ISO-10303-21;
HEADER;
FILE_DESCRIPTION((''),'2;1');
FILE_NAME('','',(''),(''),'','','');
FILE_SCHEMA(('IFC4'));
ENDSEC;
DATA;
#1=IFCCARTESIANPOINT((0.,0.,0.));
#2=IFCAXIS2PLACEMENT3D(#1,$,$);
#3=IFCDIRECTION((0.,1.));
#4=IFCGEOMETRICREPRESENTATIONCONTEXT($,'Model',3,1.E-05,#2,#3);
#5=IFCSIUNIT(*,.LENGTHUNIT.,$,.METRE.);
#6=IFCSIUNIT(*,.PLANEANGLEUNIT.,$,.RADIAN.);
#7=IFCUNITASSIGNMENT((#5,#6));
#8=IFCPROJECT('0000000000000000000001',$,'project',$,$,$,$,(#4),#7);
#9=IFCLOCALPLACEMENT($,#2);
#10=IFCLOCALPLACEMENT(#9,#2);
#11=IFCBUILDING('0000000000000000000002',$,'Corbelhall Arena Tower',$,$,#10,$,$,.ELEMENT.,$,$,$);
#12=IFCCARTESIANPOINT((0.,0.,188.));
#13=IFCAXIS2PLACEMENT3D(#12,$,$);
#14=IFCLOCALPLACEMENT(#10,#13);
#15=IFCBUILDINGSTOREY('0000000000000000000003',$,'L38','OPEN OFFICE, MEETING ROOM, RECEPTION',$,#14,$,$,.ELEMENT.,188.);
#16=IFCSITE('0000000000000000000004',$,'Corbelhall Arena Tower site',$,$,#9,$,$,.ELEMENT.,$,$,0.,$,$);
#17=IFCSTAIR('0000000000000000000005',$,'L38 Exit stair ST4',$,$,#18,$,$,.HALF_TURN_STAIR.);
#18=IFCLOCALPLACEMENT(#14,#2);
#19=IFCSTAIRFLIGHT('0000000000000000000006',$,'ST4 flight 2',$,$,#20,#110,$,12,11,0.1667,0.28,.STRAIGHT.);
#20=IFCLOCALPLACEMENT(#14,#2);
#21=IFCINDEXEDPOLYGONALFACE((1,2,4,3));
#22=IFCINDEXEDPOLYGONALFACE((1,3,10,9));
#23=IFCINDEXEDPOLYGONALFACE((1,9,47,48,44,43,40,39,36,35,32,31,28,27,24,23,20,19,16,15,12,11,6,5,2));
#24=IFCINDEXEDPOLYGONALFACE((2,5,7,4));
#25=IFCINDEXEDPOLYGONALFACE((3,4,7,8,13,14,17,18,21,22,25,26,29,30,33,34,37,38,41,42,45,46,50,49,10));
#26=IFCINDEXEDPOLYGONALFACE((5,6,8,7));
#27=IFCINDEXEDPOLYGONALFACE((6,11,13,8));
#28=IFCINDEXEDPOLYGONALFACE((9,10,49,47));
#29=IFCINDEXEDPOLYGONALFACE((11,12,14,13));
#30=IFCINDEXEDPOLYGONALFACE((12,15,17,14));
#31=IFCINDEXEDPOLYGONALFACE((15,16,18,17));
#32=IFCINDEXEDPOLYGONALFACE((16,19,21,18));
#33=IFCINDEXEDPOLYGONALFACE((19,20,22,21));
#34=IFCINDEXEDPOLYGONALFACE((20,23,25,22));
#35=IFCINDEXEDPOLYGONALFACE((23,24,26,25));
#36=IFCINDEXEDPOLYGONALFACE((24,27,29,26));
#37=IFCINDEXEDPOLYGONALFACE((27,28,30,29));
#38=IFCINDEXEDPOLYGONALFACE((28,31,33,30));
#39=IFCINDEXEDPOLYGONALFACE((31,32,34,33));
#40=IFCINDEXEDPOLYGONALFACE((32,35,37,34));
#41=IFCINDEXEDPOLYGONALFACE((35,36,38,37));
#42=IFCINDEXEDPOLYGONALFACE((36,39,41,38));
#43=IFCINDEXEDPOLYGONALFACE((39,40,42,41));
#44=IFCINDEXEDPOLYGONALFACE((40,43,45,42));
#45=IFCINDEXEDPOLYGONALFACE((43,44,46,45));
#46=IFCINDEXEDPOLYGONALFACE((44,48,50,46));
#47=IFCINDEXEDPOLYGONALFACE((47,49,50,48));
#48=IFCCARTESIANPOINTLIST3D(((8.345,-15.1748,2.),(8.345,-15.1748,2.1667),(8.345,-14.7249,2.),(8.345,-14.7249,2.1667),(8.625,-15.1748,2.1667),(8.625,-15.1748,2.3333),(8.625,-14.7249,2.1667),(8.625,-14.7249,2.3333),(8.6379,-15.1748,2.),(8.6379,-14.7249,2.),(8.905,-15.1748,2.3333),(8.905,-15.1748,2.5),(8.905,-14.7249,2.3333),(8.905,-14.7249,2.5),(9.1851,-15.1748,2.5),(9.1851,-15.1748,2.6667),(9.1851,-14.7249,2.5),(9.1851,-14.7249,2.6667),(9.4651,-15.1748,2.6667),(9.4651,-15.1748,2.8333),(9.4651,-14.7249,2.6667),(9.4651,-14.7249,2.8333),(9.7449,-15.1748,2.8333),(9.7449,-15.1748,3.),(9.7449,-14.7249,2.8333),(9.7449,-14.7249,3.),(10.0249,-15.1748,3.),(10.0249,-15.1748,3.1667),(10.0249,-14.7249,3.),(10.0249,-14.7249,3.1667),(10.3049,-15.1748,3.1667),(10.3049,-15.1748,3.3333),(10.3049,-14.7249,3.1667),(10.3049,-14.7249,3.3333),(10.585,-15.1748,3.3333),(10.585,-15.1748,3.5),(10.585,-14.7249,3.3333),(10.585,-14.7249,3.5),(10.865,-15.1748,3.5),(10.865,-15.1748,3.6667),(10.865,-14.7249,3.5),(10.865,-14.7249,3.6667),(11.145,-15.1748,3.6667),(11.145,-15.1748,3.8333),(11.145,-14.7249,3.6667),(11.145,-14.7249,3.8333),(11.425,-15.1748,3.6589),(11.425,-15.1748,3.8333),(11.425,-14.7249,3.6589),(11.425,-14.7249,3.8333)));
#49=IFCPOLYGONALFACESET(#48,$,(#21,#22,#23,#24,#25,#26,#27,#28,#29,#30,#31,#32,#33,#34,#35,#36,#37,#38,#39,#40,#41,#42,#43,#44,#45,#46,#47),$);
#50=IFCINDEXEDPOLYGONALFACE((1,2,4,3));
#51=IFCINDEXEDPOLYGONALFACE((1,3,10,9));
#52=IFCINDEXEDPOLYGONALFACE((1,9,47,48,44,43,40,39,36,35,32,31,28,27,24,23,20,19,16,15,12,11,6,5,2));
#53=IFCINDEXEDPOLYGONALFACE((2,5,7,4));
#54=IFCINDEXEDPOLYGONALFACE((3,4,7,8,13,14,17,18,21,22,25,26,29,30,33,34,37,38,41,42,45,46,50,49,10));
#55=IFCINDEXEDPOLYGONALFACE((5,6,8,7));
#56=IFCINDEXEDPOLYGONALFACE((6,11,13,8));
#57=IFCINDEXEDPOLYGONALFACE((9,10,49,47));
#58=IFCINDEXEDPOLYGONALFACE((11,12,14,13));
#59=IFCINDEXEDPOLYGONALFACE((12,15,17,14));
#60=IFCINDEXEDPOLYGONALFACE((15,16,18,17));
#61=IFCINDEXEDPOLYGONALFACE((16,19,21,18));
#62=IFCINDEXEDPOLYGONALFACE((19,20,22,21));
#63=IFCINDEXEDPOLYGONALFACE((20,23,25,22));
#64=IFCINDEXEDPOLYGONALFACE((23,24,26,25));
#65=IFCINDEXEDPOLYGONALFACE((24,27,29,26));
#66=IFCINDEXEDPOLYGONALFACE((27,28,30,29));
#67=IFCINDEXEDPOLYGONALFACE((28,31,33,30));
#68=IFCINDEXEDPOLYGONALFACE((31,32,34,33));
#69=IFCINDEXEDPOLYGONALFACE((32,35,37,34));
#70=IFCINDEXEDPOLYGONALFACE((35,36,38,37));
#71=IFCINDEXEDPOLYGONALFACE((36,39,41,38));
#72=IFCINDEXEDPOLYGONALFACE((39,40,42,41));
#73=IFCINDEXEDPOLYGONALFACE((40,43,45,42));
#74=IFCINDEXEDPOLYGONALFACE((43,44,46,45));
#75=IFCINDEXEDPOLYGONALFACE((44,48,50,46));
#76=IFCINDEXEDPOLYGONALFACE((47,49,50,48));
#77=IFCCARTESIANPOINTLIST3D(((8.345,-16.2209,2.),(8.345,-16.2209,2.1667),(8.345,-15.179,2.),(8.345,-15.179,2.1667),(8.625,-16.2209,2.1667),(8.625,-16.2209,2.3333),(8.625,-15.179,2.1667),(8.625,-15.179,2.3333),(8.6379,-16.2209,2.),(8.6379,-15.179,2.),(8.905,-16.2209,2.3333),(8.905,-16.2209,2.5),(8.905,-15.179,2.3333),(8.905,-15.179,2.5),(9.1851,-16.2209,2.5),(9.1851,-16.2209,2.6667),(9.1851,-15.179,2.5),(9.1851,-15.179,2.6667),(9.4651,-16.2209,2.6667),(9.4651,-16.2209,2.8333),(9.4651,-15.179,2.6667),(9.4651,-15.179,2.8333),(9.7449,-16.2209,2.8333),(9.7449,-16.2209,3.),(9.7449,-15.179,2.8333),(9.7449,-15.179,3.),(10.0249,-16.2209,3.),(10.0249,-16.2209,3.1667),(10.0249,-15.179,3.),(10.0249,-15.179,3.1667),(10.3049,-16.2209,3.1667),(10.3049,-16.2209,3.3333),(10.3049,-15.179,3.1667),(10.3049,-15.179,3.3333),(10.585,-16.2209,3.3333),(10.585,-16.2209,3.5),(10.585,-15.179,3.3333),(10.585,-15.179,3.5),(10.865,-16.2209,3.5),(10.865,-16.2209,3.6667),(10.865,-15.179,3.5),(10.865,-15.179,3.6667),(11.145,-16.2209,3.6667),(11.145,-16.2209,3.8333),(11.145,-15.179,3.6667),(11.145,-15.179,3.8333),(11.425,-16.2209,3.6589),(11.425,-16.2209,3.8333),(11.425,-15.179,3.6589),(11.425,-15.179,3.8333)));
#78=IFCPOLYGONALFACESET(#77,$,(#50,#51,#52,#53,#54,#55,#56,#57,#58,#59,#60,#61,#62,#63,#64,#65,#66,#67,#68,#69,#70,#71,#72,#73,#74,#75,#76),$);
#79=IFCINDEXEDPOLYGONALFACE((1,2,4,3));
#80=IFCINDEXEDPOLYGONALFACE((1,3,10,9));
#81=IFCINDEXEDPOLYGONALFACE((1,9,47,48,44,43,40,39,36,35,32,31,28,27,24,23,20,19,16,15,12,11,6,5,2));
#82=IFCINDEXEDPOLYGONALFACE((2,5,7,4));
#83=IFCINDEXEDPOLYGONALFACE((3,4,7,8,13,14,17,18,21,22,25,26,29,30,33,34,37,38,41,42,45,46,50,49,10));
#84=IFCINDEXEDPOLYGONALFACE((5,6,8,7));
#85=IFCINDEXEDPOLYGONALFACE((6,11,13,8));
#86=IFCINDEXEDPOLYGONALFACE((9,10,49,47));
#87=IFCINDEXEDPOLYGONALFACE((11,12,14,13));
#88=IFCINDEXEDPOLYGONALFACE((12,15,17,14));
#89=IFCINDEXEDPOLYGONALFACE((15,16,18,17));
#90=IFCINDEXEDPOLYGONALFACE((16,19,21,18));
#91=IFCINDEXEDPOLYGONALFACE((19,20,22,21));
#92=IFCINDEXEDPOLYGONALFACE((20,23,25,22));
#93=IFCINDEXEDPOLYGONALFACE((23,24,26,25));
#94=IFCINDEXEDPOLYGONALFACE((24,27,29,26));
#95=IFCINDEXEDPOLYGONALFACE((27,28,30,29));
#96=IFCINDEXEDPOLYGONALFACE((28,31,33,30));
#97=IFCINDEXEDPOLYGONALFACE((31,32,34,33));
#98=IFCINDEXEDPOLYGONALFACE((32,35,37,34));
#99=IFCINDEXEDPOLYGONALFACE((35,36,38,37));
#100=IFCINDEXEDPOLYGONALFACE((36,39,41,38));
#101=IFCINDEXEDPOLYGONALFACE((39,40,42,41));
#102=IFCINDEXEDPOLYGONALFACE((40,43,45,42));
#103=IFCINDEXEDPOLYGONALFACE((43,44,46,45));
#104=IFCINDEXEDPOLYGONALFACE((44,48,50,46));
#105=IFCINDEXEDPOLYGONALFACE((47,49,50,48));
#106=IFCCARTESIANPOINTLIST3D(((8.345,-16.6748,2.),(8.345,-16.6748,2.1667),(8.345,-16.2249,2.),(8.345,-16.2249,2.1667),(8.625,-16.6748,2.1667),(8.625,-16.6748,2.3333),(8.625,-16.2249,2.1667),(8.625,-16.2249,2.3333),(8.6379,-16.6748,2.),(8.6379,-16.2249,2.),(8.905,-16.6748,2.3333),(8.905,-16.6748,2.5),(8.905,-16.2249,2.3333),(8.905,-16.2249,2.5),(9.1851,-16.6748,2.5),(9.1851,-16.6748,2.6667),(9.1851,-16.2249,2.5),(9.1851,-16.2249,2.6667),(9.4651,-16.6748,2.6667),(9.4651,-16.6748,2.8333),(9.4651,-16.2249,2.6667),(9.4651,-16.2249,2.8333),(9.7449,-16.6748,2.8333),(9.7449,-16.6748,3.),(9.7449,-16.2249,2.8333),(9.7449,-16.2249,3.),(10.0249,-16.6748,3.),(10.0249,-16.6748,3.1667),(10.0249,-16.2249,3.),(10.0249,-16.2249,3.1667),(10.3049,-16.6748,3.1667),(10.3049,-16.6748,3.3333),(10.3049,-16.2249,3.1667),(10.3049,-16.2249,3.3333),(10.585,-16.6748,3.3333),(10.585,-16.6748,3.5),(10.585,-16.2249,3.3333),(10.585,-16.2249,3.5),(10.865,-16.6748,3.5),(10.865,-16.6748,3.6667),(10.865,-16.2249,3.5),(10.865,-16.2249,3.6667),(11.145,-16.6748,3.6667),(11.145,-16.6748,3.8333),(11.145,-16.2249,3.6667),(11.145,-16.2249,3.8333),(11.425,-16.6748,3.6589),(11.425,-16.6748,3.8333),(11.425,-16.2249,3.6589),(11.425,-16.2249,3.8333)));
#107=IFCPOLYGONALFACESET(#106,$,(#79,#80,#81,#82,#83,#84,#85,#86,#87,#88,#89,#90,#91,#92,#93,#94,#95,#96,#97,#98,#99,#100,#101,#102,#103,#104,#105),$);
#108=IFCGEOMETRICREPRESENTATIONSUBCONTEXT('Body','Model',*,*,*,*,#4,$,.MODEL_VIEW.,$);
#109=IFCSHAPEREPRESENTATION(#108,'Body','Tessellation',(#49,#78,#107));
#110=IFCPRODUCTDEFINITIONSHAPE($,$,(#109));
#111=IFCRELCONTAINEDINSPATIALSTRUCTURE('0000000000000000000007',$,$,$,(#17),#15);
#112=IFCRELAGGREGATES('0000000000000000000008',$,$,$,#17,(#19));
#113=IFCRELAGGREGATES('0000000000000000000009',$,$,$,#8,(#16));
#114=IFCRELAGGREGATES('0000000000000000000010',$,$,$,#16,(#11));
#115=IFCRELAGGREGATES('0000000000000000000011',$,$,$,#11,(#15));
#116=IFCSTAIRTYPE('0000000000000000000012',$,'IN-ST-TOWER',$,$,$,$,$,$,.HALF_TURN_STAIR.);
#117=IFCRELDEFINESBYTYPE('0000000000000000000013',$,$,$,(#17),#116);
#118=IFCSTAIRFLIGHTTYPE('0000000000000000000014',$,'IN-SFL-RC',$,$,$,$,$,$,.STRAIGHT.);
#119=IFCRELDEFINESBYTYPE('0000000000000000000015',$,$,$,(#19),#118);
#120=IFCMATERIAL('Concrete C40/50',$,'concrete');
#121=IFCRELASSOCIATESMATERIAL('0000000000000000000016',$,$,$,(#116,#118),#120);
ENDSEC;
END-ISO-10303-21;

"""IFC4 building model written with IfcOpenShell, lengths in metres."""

from ifc_helpers import new_model, si_unit, direction, frame, origin, place, context, subcontext, project, spatial, polyline, outline, extrude, material, type_object, element, aggregate, save


model = new_model("IFC4")

# Units and contexts
model_context = context("Model", 3, precision=1e-05, world=origin(), true_north=direction((0.0, 1.0)))
body_context = subcontext(model_context, "Body", "Model", "MODEL_VIEW")
ifc_project = project(units=[si_unit("LENGTHUNIT", "METRE"), si_unit("PLANEANGLEUNIT", "RADIAN")], contexts=[model_context])

# Site, building, storey
site_placement = place(None, origin())
site = spatial("IfcSite", under=ifc_project, at=site_placement, Name="Corbelhall Arena Tower site", CompositionType="ELEMENT", RefElevation=0.0)
building_placement = place(site_placement, origin())
building = spatial("IfcBuilding", under=site, at=building_placement, Name="Corbelhall Arena Tower", CompositionType="ELEMENT")
storey_placement = place(building_placement, frame((0.0, 0.0, 188.0)))
storey = spatial("IfcBuildingStorey", under=building, at=storey_placement, Name="L38", Description="OPEN OFFICE, MEETING ROOM, RECEPTION", CompositionType="ELEMENT", Elevation=188.0)

# Shared definitions
ifc_material_1 = material(Name="Concrete C40/50", Category="concrete")

# Stair, stair flight
stair_type = type_object("IfcStairType", Name="IN-ST-TOWER", PredefinedType="HALF_TURN_STAIR", material=ifc_material_1)
stair_placement = place(storey_placement, origin())
stair = element("IfcStair", 1, at=stair_placement, inside=storey, type_object=stair_type, Name="L38 Exit stair ST4", PredefinedType="HALF_TURN_STAIR")
stair_flight_type = type_object("IfcStairFlightType", Name="IN-SFL-RC", PredefinedType="STRAIGHT", material=ifc_material_1)
stair_flight_placement = place(storey_placement, frame((8.345, -15.7, 2.0), z_axis=(0.0, 0.0, 1.0), x_axis=(1.0, 0.0, 0.0)))
stair_flight = element("IfcStairFlight", 2, at=stair_flight_placement, type_object=stair_flight_type, Name="ST4 flight 2", NumberOfRisers=12, NumberOfTreads=11, PredefinedType="STRAIGHT", RiserHeight=0.1667, TreadLength=0.28, context=body_context, shape_type="SweptSolid", body=[
    extrude(outline(polyline([(0.0, 0.0), (0.0, 0.1667), (0.28, 0.1667), (0.28, 0.3333), (0.5601, 0.3333), (0.5601, 0.5), (0.8401, 0.5), (0.8401, 0.6667), (1.1201, 0.6667), (1.1201, 0.8333), (1.3999, 0.8333), (1.3999, 1.0), (1.6799, 1.0), (1.6799, 1.1667), (1.96, 1.1667), (1.96, 1.3333), (2.24, 1.3333), (2.24, 1.5), (2.52, 1.5), (2.52, 1.6667), (2.8, 1.6667), (2.8, 1.8333), (3.0801, 1.8333), (3.0801, 2.0), (3.0801, 1.6589), (0.293, 0.0), (0.0, 0.0)])), frame((0.0, 0.9751, 0.0), z_axis=(0.0, -1.0, 0.0), x_axis=(1.0, 0.0, 0.0)), (0.0, 0.0, 1.0), 0.45),
    extrude(outline(polyline([(0.0, 0.0), (0.0, 0.1667), (0.28, 0.1667), (0.28, 0.3333), (0.5601, 0.3333), (0.5601, 0.5), (0.8401, 0.5), (0.8401, 0.6667), (1.1201, 0.6667), (1.1201, 0.8333), (1.3999, 0.8333), (1.3999, 1.0), (1.6799, 1.0), (1.6799, 1.1667), (1.96, 1.1667), (1.96, 1.3333), (2.24, 1.3333), (2.24, 1.5), (2.52, 1.5), (2.52, 1.6667), (2.8, 1.6667), (2.8, 1.8333), (3.0801, 1.8333), (3.0801, 2.0), (3.0801, 1.6589), (0.293, 0.0), (0.0, 0.0)])), frame((0.0, 0.521, 0.0), z_axis=(0.0, -1.0, 0.0), x_axis=(1.0, 0.0, 0.0)), (0.0, 0.0, 1.0), 1.042),
    extrude(outline(polyline([(0.0, 0.0), (0.0, 0.1667), (0.28, 0.1667), (0.28, 0.3333), (0.5601, 0.3333), (0.5601, 0.5), (0.8401, 0.5), (0.8401, 0.6667), (1.1201, 0.6667), (1.1201, 0.8333), (1.3999, 0.8333), (1.3999, 1.0), (1.6799, 1.0), (1.6799, 1.1667), (1.96, 1.1667), (1.96, 1.3333), (2.24, 1.3333), (2.24, 1.5), (2.52, 1.5), (2.52, 1.6667), (2.8, 1.6667), (2.8, 1.8333), (3.0801, 1.8333), (3.0801, 2.0), (3.0801, 1.6589), (0.293, 0.0), (0.0, 0.0)])), frame((0.0, -0.5249, 0.0), z_axis=(0.0, -1.0, 0.0), x_axis=(1.0, 0.0, 0.0)), (0.0, 0.0, 1.0), 0.45),
])
aggregate(stair, [stair_flight])

save(model, "model.ifc")
